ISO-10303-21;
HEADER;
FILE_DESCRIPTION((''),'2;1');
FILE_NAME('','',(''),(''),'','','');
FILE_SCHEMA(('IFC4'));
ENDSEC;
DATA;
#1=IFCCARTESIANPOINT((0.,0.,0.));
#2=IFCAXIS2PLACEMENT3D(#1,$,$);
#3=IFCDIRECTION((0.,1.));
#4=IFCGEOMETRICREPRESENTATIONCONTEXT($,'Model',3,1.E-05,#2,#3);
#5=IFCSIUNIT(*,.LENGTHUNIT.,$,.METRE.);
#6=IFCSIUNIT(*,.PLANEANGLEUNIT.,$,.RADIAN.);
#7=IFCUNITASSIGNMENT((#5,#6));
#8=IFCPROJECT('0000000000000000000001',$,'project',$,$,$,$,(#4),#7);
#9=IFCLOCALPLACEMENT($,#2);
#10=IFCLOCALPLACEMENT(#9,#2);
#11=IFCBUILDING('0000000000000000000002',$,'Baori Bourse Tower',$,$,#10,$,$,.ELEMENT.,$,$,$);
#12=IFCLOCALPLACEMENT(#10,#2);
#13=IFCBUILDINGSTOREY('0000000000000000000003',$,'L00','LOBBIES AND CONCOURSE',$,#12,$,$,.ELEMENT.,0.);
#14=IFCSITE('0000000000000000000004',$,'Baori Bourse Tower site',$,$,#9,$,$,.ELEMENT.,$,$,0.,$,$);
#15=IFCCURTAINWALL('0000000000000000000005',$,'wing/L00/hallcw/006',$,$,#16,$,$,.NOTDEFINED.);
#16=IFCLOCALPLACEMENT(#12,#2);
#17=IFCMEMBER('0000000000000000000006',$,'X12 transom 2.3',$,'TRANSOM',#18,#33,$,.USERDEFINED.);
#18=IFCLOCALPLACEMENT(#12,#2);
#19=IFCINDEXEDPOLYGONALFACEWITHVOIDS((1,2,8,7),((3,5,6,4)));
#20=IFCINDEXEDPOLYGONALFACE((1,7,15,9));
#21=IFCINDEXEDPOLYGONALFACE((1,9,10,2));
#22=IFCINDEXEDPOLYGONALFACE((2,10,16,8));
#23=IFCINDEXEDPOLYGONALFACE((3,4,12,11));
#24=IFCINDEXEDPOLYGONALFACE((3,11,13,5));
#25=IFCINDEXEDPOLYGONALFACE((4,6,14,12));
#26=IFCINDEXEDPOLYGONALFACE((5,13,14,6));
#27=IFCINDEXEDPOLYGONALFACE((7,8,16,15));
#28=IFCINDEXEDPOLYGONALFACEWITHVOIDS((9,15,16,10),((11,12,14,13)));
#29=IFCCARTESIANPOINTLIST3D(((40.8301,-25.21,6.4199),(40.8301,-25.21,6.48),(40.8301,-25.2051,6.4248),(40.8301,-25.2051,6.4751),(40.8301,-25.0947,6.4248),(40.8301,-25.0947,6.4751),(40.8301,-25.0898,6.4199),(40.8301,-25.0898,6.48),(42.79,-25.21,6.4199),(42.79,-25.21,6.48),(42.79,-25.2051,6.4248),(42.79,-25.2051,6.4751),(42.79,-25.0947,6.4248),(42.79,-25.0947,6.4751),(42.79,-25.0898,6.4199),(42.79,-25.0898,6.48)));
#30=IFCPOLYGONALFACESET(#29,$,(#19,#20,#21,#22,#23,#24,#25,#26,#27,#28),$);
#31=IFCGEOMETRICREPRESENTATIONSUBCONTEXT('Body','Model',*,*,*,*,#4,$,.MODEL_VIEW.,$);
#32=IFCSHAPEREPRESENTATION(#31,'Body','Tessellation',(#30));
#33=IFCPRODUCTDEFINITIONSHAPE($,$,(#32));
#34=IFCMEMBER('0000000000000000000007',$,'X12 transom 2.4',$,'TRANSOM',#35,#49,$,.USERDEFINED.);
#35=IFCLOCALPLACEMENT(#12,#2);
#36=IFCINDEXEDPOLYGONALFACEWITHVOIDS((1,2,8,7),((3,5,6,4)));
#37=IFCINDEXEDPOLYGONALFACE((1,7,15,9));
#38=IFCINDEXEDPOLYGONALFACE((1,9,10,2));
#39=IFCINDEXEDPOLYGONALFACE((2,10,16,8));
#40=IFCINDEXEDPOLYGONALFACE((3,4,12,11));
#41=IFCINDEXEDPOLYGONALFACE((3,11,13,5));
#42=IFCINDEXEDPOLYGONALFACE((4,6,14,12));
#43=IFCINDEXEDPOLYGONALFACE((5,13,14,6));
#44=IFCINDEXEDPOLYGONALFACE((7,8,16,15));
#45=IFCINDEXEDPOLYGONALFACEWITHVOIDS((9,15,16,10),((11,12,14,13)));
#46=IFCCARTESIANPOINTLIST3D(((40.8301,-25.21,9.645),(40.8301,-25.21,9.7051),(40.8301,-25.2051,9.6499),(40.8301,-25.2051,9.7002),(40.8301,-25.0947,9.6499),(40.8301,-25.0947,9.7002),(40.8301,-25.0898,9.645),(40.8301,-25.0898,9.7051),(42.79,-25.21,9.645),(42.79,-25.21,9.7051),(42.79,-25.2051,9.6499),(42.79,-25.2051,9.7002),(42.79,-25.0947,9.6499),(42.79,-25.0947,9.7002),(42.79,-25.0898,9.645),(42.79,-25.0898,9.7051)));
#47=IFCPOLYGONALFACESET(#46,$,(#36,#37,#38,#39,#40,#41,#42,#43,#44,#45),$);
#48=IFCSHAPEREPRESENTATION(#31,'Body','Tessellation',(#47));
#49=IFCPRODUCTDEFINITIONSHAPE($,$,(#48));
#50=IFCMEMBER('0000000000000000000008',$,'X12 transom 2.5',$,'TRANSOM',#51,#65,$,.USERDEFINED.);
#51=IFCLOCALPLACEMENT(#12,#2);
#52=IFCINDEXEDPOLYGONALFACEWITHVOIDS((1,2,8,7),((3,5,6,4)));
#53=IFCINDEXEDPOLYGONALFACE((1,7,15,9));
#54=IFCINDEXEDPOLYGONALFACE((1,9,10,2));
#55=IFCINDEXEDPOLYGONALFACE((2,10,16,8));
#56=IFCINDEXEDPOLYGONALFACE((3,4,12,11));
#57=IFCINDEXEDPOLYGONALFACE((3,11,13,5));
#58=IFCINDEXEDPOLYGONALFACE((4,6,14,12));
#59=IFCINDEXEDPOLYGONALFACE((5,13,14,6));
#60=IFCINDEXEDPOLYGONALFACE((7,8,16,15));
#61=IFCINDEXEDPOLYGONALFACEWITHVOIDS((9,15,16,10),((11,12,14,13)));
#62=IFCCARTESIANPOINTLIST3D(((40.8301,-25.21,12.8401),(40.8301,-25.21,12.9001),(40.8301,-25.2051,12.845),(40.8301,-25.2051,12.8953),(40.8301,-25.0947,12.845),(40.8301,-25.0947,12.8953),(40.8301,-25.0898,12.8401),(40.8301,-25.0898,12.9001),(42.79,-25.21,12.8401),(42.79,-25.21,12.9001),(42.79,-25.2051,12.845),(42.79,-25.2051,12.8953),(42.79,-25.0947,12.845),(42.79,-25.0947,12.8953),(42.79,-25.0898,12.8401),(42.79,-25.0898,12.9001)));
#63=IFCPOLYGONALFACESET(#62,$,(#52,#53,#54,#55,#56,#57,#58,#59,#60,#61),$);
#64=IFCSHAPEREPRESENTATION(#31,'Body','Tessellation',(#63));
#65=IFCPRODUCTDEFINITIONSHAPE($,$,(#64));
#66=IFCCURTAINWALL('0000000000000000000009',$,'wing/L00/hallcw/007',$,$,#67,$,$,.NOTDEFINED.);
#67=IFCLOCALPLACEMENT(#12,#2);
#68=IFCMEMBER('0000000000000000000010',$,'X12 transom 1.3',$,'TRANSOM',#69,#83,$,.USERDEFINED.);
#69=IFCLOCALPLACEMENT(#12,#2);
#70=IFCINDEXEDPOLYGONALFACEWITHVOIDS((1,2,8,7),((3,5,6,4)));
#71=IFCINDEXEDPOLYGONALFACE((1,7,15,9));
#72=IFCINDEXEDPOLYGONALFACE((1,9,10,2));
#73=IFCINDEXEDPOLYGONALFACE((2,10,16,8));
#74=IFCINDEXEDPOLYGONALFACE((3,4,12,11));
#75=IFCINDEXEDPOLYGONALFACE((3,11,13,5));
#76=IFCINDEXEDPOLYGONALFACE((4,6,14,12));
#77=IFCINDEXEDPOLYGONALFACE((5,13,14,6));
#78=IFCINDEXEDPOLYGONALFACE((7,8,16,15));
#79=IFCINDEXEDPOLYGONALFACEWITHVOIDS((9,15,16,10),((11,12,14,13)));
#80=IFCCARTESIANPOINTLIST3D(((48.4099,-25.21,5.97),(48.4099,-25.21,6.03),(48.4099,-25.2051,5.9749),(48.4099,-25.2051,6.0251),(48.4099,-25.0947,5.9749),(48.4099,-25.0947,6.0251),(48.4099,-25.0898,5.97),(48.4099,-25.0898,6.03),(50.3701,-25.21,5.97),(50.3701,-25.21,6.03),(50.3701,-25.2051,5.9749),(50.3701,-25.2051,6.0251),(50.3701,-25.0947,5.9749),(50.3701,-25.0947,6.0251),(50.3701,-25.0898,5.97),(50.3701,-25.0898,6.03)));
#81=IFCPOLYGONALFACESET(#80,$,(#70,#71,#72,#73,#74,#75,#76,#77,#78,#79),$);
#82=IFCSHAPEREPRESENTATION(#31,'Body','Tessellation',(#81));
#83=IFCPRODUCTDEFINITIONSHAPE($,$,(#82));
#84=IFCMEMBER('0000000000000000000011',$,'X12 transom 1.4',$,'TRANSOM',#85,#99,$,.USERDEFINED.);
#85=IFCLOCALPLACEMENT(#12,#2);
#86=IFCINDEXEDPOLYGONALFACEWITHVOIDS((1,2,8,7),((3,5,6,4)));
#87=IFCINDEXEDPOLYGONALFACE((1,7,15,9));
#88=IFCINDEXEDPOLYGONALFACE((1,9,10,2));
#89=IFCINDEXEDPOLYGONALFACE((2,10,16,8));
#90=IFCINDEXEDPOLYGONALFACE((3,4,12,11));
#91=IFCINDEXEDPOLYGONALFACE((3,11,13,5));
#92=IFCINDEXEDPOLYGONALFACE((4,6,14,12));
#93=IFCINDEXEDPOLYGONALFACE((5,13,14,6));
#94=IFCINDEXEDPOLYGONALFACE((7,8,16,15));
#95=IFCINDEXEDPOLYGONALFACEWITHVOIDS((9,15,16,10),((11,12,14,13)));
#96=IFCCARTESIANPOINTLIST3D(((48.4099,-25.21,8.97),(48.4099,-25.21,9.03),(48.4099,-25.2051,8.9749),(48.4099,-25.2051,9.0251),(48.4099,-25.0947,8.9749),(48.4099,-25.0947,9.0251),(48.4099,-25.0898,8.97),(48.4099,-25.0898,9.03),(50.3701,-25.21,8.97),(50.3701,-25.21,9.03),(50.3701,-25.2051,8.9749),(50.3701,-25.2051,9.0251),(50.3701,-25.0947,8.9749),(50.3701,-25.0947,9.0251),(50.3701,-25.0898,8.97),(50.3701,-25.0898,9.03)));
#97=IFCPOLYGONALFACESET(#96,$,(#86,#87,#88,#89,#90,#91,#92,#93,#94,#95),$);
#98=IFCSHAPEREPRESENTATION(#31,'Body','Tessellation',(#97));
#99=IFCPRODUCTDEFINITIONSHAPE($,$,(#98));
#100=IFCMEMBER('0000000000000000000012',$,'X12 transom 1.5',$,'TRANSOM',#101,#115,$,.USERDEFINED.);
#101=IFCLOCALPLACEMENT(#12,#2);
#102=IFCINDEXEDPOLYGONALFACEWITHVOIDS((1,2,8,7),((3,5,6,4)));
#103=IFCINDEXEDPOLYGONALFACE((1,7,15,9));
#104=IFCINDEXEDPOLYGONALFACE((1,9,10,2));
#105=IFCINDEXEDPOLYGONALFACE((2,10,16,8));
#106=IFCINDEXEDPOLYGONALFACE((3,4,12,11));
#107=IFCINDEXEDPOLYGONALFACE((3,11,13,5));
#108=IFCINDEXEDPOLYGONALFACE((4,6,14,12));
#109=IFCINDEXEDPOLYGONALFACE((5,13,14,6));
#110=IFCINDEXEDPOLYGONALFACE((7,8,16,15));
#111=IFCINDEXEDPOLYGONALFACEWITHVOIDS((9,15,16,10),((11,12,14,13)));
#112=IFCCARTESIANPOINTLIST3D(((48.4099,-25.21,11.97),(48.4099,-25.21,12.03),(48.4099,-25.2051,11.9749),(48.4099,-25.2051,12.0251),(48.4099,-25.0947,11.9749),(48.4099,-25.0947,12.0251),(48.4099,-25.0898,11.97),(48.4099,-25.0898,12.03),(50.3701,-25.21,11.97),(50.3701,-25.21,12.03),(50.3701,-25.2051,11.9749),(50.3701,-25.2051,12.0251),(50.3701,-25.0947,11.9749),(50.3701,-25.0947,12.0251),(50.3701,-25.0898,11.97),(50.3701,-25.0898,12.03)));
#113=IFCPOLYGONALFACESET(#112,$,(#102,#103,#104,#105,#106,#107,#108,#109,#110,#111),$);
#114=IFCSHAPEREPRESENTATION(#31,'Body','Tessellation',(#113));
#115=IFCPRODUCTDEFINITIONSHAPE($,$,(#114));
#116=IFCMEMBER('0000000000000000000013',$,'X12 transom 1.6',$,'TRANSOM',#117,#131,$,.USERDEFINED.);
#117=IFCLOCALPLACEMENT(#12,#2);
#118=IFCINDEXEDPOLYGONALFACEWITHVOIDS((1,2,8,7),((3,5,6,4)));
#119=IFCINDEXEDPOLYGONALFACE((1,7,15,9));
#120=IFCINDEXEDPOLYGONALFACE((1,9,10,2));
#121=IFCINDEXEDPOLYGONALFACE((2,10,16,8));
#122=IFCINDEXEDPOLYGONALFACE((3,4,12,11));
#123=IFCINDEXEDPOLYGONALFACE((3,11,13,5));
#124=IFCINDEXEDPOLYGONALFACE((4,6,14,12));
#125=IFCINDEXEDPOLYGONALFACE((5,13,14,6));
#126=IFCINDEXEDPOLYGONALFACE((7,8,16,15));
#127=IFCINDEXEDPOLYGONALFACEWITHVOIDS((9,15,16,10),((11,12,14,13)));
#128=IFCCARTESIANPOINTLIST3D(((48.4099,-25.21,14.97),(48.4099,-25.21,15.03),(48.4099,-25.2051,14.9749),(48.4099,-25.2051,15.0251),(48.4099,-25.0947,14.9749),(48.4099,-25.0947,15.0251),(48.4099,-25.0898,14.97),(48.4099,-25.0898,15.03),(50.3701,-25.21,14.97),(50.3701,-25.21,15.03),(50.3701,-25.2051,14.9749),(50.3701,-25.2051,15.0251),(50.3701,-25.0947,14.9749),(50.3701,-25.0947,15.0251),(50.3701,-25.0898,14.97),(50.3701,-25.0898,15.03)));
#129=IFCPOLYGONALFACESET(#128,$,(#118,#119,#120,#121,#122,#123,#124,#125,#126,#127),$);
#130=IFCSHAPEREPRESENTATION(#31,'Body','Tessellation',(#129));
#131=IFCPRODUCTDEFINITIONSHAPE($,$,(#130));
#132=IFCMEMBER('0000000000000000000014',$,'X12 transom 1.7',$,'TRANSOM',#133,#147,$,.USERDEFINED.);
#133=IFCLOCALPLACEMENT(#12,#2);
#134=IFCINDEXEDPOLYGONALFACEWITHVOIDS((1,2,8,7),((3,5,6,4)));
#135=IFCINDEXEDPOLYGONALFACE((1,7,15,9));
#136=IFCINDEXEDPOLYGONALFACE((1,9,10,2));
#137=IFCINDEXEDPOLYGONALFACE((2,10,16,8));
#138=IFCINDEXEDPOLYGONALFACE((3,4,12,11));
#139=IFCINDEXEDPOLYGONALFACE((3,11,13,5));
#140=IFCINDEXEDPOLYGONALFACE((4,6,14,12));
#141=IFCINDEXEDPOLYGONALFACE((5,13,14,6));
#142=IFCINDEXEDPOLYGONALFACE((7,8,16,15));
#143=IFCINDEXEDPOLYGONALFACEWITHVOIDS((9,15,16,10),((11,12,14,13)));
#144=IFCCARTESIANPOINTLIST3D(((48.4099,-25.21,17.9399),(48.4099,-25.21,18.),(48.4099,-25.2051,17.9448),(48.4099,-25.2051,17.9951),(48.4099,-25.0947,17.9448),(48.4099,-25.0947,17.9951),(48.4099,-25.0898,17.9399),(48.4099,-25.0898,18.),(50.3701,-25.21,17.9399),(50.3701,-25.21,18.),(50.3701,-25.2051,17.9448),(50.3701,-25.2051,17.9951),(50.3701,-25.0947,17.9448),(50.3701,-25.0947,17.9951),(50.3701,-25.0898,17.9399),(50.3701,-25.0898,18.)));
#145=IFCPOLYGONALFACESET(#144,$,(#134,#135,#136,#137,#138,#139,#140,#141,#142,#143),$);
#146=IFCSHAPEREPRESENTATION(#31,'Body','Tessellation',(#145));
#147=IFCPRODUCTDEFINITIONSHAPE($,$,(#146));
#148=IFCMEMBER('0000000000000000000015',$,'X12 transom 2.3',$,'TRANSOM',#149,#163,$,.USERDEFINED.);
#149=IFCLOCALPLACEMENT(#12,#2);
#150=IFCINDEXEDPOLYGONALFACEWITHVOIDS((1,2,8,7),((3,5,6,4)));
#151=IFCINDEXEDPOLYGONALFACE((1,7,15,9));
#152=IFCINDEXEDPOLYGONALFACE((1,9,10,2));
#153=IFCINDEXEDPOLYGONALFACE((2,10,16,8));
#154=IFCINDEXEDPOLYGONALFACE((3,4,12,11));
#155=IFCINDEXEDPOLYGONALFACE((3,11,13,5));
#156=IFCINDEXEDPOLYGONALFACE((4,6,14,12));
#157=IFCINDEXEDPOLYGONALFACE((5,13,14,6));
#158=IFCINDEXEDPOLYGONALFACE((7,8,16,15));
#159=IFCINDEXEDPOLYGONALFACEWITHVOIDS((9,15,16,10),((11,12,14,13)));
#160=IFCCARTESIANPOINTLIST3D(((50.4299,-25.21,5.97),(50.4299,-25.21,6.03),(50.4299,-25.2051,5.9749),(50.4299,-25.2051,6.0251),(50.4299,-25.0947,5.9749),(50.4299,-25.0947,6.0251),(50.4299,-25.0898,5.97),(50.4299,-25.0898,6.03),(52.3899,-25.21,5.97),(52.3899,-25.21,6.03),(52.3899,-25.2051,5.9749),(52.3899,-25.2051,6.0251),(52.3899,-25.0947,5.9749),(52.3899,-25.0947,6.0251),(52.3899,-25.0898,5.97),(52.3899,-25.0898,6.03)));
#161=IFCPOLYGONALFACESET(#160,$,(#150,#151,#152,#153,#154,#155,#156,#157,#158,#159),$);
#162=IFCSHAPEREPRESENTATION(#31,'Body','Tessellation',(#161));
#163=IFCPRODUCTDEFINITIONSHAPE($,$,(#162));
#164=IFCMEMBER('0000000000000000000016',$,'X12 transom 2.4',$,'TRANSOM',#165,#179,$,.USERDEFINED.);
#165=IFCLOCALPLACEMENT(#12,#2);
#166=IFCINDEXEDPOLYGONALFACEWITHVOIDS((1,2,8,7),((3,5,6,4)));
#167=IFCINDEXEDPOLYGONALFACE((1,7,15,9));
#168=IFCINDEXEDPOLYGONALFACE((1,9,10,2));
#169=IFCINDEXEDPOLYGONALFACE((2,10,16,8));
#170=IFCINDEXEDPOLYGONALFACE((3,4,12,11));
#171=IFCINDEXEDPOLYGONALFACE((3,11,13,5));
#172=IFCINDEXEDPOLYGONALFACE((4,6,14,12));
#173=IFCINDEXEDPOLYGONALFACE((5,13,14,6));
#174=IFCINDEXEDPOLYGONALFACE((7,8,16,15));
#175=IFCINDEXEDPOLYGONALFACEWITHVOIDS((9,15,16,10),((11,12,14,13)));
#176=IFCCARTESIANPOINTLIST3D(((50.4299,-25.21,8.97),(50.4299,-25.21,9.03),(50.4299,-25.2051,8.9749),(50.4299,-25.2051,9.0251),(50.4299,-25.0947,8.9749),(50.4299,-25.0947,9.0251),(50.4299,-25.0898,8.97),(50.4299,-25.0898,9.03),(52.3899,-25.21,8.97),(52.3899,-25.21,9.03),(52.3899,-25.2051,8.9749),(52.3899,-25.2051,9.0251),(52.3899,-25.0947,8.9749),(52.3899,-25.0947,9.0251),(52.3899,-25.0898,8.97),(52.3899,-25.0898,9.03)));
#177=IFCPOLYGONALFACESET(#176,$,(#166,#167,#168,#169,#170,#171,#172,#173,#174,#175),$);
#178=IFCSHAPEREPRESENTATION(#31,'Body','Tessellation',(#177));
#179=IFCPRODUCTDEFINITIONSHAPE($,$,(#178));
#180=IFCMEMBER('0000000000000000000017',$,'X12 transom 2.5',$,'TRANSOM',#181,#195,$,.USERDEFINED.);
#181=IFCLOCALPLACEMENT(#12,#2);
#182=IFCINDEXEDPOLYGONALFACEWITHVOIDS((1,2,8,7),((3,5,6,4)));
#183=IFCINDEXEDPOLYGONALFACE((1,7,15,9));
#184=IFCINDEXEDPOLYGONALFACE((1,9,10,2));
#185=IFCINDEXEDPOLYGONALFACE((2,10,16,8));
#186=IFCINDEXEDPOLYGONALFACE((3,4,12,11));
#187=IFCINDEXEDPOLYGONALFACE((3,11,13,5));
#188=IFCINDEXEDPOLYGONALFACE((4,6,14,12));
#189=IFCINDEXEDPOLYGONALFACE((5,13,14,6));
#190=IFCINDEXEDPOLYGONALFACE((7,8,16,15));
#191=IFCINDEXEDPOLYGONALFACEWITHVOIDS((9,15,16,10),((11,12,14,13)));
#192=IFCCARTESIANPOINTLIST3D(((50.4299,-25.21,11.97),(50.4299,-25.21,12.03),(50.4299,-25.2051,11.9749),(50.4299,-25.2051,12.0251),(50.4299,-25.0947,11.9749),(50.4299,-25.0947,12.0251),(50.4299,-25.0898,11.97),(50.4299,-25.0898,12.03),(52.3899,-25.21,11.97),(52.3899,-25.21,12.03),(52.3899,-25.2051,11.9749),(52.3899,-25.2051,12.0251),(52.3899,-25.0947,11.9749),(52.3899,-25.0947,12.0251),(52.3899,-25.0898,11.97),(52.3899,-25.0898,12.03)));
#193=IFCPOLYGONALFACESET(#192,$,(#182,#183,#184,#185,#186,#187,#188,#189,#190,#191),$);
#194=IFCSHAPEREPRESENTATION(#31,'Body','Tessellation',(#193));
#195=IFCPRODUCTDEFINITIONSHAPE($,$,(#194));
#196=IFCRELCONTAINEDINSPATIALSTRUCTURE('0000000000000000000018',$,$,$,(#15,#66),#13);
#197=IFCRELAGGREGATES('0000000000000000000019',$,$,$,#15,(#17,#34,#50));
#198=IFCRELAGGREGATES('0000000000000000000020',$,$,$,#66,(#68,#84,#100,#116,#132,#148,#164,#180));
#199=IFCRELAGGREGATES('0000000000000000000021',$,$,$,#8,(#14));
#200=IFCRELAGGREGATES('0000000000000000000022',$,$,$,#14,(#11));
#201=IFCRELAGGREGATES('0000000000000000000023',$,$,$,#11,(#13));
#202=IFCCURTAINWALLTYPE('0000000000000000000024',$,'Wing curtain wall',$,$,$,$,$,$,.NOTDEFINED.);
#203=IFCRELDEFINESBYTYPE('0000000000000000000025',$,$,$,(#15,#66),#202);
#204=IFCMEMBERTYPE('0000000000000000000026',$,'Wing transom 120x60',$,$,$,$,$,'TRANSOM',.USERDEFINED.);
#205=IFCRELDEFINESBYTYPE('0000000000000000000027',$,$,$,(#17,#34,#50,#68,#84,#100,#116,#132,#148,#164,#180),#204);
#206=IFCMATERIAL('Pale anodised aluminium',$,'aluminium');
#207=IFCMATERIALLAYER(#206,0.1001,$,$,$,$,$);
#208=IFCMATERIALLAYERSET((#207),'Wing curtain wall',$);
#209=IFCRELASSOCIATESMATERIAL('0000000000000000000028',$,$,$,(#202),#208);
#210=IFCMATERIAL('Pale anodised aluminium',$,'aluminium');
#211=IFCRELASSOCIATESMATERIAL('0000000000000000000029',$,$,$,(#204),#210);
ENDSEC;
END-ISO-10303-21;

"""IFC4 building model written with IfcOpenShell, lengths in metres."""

from ifc_helpers import new_model, si_unit, direction, frame, origin, origin_2d, place, context, subcontext, project, spatial, hollow_rectangle, extrude, material, layer, layer_set, material_profile, profile_set, type_object, element, aggregate, save


model = new_model("IFC4")

# Units and contexts
model_context = context("Model", 3, precision=1e-05, world=origin(), true_north=direction((0.0, 1.0)))
body_context = subcontext(model_context, "Body", "Model", "MODEL_VIEW")
ifc_project = project(units=[si_unit("LENGTHUNIT", "METRE"), si_unit("PLANEANGLEUNIT", "RADIAN")], contexts=[model_context])

# Site, building, storey
site_placement = place(None, origin())
site = spatial("IfcSite", under=ifc_project, at=site_placement, Name="Baori Bourse Tower site", CompositionType="ELEMENT", RefElevation=0.0)
building_placement = place(site_placement, origin())
building = spatial("IfcBuilding", under=site, at=building_placement, Name="Baori Bourse Tower", CompositionType="ELEMENT")
storey_placement = place(building_placement, origin())
storey = spatial("IfcBuildingStorey", under=building, at=storey_placement, Name="L00", Description="LOBBIES AND CONCOURSE", CompositionType="ELEMENT", Elevation=0.0)

# Curtain walls, members
ifc_material_1 = material(Name="Pale anodised aluminium", Category="aluminium")
ifc_layer_1 = layer(ifc_material_1, 0.1001)
ifc_layer_set_1 = layer_set([ifc_layer_1], Name="Wing curtain wall")
curtain_wall_type = type_object("IfcCurtainWallType", Name="Wing curtain wall", PredefinedType="NOTDEFINED", material=ifc_layer_set_1)
ifc_material_2 = material(Name="Pale anodised aluminium", Category="aluminium")
ifc_material_profile_1 = material_profile(ifc_material_2, hollow_rectangle(XDim=0.1201, YDim=0.0601, WallThickness=0.0049, at=origin_2d()), Name="Transom 120x60x5")
ifc_profile_set_1 = profile_set([ifc_material_profile_1], Name="Pale anodised aluminium")
member_type = type_object("IfcMemberType", Name="Wing transom 120x60", ElementType="TRANSOM", PredefinedType="USERDEFINED", material=ifc_profile_set_1)
curtain_wall_1_placement = place(storey_placement, origin())
curtain_wall_1 = element("IfcCurtainWall", 1, at=curtain_wall_1_placement, inside=storey, type_object=curtain_wall_type, Name="wing/L00/hallcw/006", PredefinedType="NOTDEFINED")
member_1_placement = place(storey_placement, frame((40.8301, -25.1499, 6.45), z_axis=(1.0, 0.0, 0.0), x_axis=(0.0, 1.0, 0.0)))
member_1 = element("IfcMember", 2, at=member_1_placement, type_object=member_type, Name="X12 transom 2.3", ObjectType="TRANSOM", PredefinedType="USERDEFINED", context=body_context, shape_type="SweptSolid", body=[
    extrude(hollow_rectangle(XDim=0.1201, YDim=0.0601, WallThickness=0.0049, at=origin_2d()), origin(), (0.0, 0.0, 1.0), 1.96),
])
member_2_placement = place(storey_placement, frame((40.8301, -25.1499, 9.675), z_axis=(1.0, 0.0, 0.0), x_axis=(0.0, 1.0, 0.0)))
member_2 = element("IfcMember", 3, at=member_2_placement, type_object=member_type, Name="X12 transom 2.4", ObjectType="TRANSOM", PredefinedType="USERDEFINED", context=body_context, shape_type="SweptSolid", body=[
    extrude(hollow_rectangle(XDim=0.1201, YDim=0.0601, WallThickness=0.0049, at=origin_2d()), origin(), (0.0, 0.0, 1.0), 1.96),
])
member_3_placement = place(storey_placement, frame((40.8301, -25.1499, 12.8701), z_axis=(1.0, 0.0, 0.0), x_axis=(0.0, 1.0, 0.0)))
member_3 = element("IfcMember", 4, at=member_3_placement, type_object=member_type, Name="X12 transom 2.5", ObjectType="TRANSOM", PredefinedType="USERDEFINED", context=body_context, shape_type="SweptSolid", body=[
    extrude(hollow_rectangle(XDim=0.1201, YDim=0.0601, WallThickness=0.0049, at=origin_2d()), origin(), (0.0, 0.0, 1.0), 1.96),
])
curtain_wall_2_placement = place(storey_placement, origin())
curtain_wall_2 = element("IfcCurtainWall", 5, at=curtain_wall_2_placement, inside=storey, type_object=curtain_wall_type, Name="wing/L00/hallcw/007", PredefinedType="NOTDEFINED")
member_4_placement = place(storey_placement, frame((48.4099, -25.1499, 6.0), z_axis=(1.0, 0.0, 0.0), x_axis=(0.0, 1.0, 0.0)))
member_4 = element("IfcMember", 6, at=member_4_placement, type_object=member_type, Name="X12 transom 1.3", ObjectType="TRANSOM", PredefinedType="USERDEFINED", context=body_context, shape_type="SweptSolid", body=[
    extrude(hollow_rectangle(XDim=0.1201, YDim=0.0601, WallThickness=0.0049, at=origin_2d()), origin(), (0.0, 0.0, 1.0), 1.9602),
])
member_5_placement = place(storey_placement, frame((48.4099, -25.1499, 9.0), z_axis=(1.0, 0.0, 0.0), x_axis=(0.0, 1.0, 0.0)))
member_5 = element("IfcMember", 7, at=member_5_placement, type_object=member_type, Name="X12 transom 1.4", ObjectType="TRANSOM", PredefinedType="USERDEFINED", context=body_context, shape_type="SweptSolid", body=[
    extrude(hollow_rectangle(XDim=0.1201, YDim=0.0601, WallThickness=0.0049, at=origin_2d()), origin(), (0.0, 0.0, 1.0), 1.9602),
])
member_6_placement = place(storey_placement, frame((48.4099, -25.1499, 12.0), z_axis=(1.0, 0.0, 0.0), x_axis=(0.0, 1.0, 0.0)))
member_6 = element("IfcMember", 8, at=member_6_placement, type_object=member_type, Name="X12 transom 1.5", ObjectType="TRANSOM", PredefinedType="USERDEFINED", context=body_context, shape_type="SweptSolid", body=[
    extrude(hollow_rectangle(XDim=0.1201, YDim=0.0601, WallThickness=0.0049, at=origin_2d()), origin(), (0.0, 0.0, 1.0), 1.9602),
])
member_7_placement = place(storey_placement, frame((48.4099, -25.1499, 15.0), z_axis=(1.0, 0.0, 0.0), x_axis=(0.0, 1.0, 0.0)))
member_7 = element("IfcMember", 9, at=member_7_placement, type_object=member_type, Name="X12 transom 1.6", ObjectType="TRANSOM", PredefinedType="USERDEFINED", context=body_context, shape_type="SweptSolid", body=[
    extrude(hollow_rectangle(XDim=0.1201, YDim=0.0601, WallThickness=0.0049, at=origin_2d()), origin(), (0.0, 0.0, 1.0), 1.9602),
])
member_8_placement = place(storey_placement, frame((48.4099, -25.1499, 17.97), z_axis=(1.0, 0.0, 0.0), x_axis=(0.0, 1.0, 0.0)))
member_8 = element("IfcMember", 10, at=member_8_placement, type_object=member_type, Name="X12 transom 1.7", ObjectType="TRANSOM", PredefinedType="USERDEFINED", context=body_context, shape_type="SweptSolid", body=[
    extrude(hollow_rectangle(XDim=0.1201, YDim=0.0601, WallThickness=0.0049, at=origin_2d()), origin(), (0.0, 0.0, 1.0), 1.9602),
])
member_9_placement = place(storey_placement, frame((50.4299, -25.1499, 6.0), z_axis=(1.0, 0.0, 0.0), x_axis=(0.0, 1.0, 0.0)))
member_9 = element("IfcMember", 11, at=member_9_placement, type_object=member_type, Name="X12 transom 2.3", ObjectType="TRANSOM", PredefinedType="USERDEFINED", context=body_context, shape_type="SweptSolid", body=[
    extrude(hollow_rectangle(XDim=0.1201, YDim=0.0601, WallThickness=0.0049, at=origin_2d()), origin(), (0.0, 0.0, 1.0), 1.96),
])
member_10_placement = place(storey_placement, frame((50.4299, -25.1499, 9.0), z_axis=(1.0, 0.0, 0.0), x_axis=(0.0, 1.0, 0.0)))
member_10 = element("IfcMember", 12, at=member_10_placement, type_object=member_type, Name="X12 transom 2.4", ObjectType="TRANSOM", PredefinedType="USERDEFINED", context=body_context, shape_type="SweptSolid", body=[
    extrude(hollow_rectangle(XDim=0.1201, YDim=0.0601, WallThickness=0.0049, at=origin_2d()), origin(), (0.0, 0.0, 1.0), 1.96),
])
member_11_placement = place(storey_placement, frame((50.4299, -25.1499, 12.0), z_axis=(1.0, 0.0, 0.0), x_axis=(0.0, 1.0, 0.0)))
member_11 = element("IfcMember", 13, at=member_11_placement, type_object=member_type, Name="X12 transom 2.5", ObjectType="TRANSOM", PredefinedType="USERDEFINED", context=body_context, shape_type="SweptSolid", body=[
    extrude(hollow_rectangle(XDim=0.1201, YDim=0.0601, WallThickness=0.0049, at=origin_2d()), origin(), (0.0, 0.0, 1.0), 1.96),
])

aggregate(curtain_wall_1, [member_1, member_2, member_3])
aggregate(curtain_wall_2, [member_4, member_5, member_6, member_7, member_8, member_9, member_10, member_11])

save(model, "model.ifc")
